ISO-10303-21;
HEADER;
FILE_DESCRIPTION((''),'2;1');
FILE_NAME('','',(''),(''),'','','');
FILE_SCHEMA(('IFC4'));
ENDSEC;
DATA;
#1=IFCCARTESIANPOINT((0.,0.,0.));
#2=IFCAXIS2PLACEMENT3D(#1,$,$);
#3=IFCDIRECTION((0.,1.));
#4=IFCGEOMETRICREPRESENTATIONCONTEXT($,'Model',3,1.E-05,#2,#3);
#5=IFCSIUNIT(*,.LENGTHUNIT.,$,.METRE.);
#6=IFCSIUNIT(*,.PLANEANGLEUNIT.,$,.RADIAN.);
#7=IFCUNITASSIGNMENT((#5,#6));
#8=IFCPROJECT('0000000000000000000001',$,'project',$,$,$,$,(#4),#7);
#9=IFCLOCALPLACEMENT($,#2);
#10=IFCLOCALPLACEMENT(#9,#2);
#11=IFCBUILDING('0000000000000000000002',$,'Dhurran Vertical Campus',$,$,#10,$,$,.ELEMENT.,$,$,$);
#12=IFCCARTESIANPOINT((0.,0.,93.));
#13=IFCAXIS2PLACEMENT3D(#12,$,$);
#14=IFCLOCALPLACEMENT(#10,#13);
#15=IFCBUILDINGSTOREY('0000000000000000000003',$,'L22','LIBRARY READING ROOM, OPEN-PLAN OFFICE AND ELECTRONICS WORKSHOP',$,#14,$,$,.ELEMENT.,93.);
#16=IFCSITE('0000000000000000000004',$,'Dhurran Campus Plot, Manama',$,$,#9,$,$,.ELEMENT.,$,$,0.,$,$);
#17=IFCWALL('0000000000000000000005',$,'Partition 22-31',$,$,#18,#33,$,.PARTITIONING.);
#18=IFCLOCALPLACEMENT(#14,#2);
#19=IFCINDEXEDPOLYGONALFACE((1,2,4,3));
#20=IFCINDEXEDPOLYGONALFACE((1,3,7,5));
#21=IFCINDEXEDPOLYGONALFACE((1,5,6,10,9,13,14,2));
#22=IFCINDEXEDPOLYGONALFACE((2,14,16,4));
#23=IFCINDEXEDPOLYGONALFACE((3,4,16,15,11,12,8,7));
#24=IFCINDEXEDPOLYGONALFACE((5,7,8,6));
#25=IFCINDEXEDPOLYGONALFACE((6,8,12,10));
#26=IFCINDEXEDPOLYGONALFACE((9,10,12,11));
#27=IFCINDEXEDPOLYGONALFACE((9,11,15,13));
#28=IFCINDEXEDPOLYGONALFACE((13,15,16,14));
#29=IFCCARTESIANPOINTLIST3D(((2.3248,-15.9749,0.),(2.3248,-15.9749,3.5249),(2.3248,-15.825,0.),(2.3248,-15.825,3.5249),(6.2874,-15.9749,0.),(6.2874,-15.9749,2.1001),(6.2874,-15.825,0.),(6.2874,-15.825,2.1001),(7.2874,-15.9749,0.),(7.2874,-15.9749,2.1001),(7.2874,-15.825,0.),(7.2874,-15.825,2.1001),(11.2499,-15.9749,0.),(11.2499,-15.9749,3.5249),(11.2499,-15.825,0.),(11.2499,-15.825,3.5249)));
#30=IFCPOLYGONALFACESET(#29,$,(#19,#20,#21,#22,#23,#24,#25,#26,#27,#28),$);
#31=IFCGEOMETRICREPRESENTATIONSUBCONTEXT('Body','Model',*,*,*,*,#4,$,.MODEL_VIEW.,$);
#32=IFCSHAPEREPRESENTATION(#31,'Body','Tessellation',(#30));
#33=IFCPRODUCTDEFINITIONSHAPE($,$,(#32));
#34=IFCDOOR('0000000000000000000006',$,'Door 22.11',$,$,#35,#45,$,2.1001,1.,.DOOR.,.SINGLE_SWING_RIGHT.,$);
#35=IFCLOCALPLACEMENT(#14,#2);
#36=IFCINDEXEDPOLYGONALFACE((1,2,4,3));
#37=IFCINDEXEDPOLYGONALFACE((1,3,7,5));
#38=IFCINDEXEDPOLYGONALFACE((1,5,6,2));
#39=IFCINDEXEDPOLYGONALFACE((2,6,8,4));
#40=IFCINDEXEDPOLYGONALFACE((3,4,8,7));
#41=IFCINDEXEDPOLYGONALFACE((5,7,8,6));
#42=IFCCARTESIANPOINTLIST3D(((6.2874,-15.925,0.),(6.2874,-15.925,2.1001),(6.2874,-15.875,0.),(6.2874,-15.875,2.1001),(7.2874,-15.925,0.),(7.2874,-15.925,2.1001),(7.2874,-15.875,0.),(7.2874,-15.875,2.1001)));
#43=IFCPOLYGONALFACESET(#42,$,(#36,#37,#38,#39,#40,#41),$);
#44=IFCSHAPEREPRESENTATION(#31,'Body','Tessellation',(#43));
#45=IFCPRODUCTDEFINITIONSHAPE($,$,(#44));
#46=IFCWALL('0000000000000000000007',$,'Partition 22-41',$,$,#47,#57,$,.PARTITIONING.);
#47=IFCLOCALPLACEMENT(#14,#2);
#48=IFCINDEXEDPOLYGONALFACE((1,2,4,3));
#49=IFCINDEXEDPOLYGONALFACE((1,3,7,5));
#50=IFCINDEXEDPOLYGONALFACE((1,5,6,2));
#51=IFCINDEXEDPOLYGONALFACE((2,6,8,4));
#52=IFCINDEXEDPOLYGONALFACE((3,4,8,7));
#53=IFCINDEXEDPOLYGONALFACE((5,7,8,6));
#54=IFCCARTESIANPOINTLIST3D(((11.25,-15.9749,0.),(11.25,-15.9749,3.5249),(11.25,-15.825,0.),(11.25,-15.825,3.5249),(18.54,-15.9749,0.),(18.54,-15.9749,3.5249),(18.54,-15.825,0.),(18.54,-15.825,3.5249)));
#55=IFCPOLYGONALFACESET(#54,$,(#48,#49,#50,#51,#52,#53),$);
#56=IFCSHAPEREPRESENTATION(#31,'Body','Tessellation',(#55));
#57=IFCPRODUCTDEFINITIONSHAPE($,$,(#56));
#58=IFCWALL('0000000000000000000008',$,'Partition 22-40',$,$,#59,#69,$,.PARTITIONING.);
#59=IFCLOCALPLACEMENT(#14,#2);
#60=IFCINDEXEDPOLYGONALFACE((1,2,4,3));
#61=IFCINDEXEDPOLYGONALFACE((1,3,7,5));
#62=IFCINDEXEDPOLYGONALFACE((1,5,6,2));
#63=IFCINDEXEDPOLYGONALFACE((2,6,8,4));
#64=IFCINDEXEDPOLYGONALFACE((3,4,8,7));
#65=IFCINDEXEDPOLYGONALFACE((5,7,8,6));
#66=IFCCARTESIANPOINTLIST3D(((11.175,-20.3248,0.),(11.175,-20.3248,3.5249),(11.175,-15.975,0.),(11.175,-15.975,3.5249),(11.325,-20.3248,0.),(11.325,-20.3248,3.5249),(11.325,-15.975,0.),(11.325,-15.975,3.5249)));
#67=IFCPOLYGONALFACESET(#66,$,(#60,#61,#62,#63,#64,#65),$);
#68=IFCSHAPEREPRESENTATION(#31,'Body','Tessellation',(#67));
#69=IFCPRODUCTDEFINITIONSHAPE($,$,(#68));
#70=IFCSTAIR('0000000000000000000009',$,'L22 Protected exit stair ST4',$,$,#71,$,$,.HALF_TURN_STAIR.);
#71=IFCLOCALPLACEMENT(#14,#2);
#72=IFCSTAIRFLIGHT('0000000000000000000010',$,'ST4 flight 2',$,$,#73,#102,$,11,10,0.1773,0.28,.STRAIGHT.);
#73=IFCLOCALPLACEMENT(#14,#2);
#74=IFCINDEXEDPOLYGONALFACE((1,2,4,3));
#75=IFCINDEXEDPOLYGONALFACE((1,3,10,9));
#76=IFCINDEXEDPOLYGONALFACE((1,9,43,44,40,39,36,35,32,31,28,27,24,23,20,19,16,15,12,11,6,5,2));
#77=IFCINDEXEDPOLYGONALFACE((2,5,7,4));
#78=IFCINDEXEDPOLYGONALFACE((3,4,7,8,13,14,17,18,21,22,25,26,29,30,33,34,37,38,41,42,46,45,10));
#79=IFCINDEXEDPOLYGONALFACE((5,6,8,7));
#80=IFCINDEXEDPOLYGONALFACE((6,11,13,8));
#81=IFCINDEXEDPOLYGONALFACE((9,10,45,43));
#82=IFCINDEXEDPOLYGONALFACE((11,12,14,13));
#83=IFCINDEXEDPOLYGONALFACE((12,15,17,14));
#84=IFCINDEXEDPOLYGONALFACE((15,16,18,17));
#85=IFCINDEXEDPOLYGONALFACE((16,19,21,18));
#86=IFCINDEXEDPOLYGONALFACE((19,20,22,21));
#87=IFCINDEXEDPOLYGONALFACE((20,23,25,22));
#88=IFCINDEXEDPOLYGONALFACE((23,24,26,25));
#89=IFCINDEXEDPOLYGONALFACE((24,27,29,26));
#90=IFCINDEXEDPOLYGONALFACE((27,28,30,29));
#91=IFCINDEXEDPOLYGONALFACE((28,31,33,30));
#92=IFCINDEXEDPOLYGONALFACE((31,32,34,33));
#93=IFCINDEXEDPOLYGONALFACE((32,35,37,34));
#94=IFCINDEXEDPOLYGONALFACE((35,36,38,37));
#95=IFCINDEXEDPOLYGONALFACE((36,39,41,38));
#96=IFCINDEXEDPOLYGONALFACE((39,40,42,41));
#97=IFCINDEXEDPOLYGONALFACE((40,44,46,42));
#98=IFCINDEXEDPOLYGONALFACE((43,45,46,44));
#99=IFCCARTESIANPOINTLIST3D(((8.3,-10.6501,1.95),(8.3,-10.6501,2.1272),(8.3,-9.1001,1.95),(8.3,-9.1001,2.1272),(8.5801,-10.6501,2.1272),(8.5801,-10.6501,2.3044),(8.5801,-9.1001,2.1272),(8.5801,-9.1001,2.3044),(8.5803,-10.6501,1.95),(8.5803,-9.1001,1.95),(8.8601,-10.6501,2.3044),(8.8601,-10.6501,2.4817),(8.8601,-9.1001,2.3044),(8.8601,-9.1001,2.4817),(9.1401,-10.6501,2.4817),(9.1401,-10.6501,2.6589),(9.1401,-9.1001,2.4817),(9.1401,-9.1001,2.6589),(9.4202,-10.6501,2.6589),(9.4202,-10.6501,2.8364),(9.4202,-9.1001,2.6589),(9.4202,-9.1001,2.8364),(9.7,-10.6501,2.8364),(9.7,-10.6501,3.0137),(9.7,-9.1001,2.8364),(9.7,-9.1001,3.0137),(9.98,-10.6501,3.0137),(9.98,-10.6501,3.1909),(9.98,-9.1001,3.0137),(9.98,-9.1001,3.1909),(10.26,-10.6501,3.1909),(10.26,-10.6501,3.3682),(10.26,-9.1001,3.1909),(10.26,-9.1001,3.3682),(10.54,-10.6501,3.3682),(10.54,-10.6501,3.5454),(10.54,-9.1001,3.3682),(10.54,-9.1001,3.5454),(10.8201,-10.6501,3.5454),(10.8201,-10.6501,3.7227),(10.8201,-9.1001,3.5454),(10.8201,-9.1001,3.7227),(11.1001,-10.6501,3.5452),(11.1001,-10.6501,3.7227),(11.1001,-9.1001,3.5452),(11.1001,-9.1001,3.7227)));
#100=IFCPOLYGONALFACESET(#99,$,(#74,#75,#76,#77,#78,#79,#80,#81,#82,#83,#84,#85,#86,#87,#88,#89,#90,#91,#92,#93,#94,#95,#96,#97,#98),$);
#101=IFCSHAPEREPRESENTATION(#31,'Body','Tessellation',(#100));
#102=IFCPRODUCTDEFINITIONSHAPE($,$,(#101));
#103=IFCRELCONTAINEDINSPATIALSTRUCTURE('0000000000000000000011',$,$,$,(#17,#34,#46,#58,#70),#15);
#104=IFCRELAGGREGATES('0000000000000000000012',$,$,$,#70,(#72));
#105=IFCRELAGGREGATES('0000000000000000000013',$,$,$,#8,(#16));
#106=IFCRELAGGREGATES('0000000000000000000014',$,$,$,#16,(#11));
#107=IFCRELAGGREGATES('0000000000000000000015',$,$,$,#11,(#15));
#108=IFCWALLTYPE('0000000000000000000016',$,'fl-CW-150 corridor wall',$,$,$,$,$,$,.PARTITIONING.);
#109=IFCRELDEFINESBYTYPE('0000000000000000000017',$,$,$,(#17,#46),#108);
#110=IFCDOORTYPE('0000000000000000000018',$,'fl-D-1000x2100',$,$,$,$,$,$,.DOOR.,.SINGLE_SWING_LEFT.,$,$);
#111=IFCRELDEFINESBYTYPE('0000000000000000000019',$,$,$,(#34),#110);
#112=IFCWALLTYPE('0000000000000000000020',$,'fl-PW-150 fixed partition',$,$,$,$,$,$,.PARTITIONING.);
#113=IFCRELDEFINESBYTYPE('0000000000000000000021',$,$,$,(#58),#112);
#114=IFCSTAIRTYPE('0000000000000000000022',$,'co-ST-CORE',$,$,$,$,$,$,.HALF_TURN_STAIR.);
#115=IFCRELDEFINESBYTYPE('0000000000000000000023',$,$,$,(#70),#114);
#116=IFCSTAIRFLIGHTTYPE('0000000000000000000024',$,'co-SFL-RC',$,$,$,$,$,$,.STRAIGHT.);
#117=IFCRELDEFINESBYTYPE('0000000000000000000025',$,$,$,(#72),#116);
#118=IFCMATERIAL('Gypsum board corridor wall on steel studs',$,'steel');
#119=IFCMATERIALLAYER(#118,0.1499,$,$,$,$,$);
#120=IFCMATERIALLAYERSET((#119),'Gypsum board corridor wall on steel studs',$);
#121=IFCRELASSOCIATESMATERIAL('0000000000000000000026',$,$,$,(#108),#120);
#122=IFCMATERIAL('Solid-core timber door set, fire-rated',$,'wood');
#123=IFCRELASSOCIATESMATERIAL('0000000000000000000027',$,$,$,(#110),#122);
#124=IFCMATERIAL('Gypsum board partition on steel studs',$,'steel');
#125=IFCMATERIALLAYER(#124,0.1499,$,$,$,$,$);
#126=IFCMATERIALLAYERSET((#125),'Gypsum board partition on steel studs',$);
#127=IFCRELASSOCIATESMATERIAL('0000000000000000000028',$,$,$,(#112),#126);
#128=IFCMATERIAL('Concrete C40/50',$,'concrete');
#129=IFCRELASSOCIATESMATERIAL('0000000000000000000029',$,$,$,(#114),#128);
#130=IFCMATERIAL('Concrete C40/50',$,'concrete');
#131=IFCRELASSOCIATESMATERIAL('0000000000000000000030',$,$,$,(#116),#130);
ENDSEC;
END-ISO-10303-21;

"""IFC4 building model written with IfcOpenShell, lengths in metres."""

from ifc_helpers import new_model, si_unit, direction, frame, frame_2d, origin, place, context, subcontext, project, spatial, polyline, rectangle, outline, extrude, material, layer, layer_set, type_object, element, fill, aggregate, save


model = new_model("IFC4")

# Units and contexts
model_context = context("Model", 3, precision=1e-05, world=origin(), true_north=direction((0.0, 1.0)))
body_context = subcontext(model_context, "Body", "Model", "MODEL_VIEW")
ifc_project = project(units=[si_unit("LENGTHUNIT", "METRE"), si_unit("PLANEANGLEUNIT", "RADIAN")], contexts=[model_context])

# Site, building, storey
site_placement = place(None, origin())
site = spatial("IfcSite", under=ifc_project, at=site_placement, Name="Dhurran Campus Plot, Manama", CompositionType="ELEMENT", RefElevation=0.0)
building_placement = place(site_placement, origin())
building = spatial("IfcBuilding", under=site, at=building_placement, Name="Dhurran Vertical Campus", CompositionType="ELEMENT")
storey_placement = place(building_placement, frame((0.0, 0.0, 93.0)))
storey = spatial("IfcBuildingStorey", under=building, at=storey_placement, Name="L22", Description="LIBRARY READING ROOM, OPEN-PLAN OFFICE AND ELECTRONICS WORKSHOP", CompositionType="ELEMENT", Elevation=93.0)

# Shared definitions
ifc_material_1 = material(Name="Gypsum board corridor wall on steel studs", Category="steel")
ifc_layer_1 = layer(ifc_material_1, 0.1499)
ifc_layer_set_1 = layer_set([ifc_layer_1], Name="Gypsum board corridor wall on steel studs")
wall_type_1 = type_object("IfcWallType", Name="fl-CW-150 corridor wall", PredefinedType="PARTITIONING", material=ifc_layer_set_1)
ifc_material_2 = material(Name="Solid-core timber door set, fire-rated", Category="wood")
door_type_1 = type_object("IfcDoorType", Name="fl-D-1000x2100", OperationType="SINGLE_SWING_LEFT", PredefinedType="DOOR", material=ifc_material_2)

# Wall, opening, door
wall_1_placement = place(storey_placement, frame((2.325, -15.8999, 0.0), z_axis=(0.0, 0.0, 1.0), x_axis=(1.0, 0.0, 0.0)))
wall_1 = element("IfcWall", 1, at=wall_1_placement, inside=storey, type_object=wall_type_1, Name="Partition 22-31", PredefinedType="PARTITIONING", context=body_context, shape_type="SweptSolid", body=[
    extrude(rectangle(XDim=8.925, YDim=0.1499, at=frame_2d((4.4624, 0.0))), origin(), (0.0, 0.0, 1.0), 3.5249),
])
opening_1_placement = place(wall_1_placement, frame((3.9624, 0.0, 0.0)))
opening_1 = element("IfcOpeningElement", 2, at=opening_1_placement, cuts=wall_1, PredefinedType="OPENING", context=body_context, shape_type="SweptSolid", body=[
    extrude(rectangle(XDim=1.0, YDim=2.1001, at=frame_2d((0.5, 1.05))), frame((0.0, 0.085, 0.0), z_axis=(0.0, -1.0, 0.0), x_axis=(1.0, 0.0, 0.0)), (0.0, 0.0, 1.0), 0.1699),
])
door_1_placement = place(opening_1_placement, origin())
door_1 = element("IfcDoor", 3, at=door_1_placement, inside=storey, type_object=door_type_1, Name="Door 22.11", OperationType="SINGLE_SWING_RIGHT", OverallHeight=2.1001, OverallWidth=1.0, PredefinedType="DOOR", context=body_context, shape_type="SweptSolid", body=[
    extrude(rectangle(XDim=1.0, YDim=2.1001, at=frame_2d((0.5, 1.05))), frame((0.0, 0.0249, 0.0), z_axis=(0.0, -1.0, 0.0), x_axis=(1.0, 0.0, 0.0)), (0.0, 0.0, 1.0), 0.05),
])
fill(opening_1, door_1)

# Walls
wall_2_placement = place(storey_placement, frame((11.25, -15.8999, 0.0), z_axis=(0.0, 0.0, 1.0), x_axis=(1.0, 0.0, 0.0)))
element("IfcWall", 4, at=wall_2_placement, inside=storey, type_object=wall_type_1, Name="Partition 22-41", PredefinedType="PARTITIONING", context=body_context, shape_type="SweptSolid", body=[
    extrude(rectangle(XDim=7.29, YDim=0.1499, at=frame_2d((3.645, 0.0))), origin(), (0.0, 0.0, 1.0), 3.5249),
])
ifc_material_3 = material(Name="Gypsum board partition on steel studs", Category="steel")
ifc_layer_2 = layer(ifc_material_3, 0.1499)
ifc_layer_set_2 = layer_set([ifc_layer_2], Name="Gypsum board partition on steel studs")
wall_type_2 = type_object("IfcWallType", Name="fl-PW-150 fixed partition", PredefinedType="PARTITIONING", material=ifc_layer_set_2)
wall_3_placement = place(storey_placement, frame((11.25, -15.9751, 0.0), z_axis=(0.0, 0.0, 1.0), x_axis=(0.0, -1.0, 0.0)))
element("IfcWall", 5, at=wall_3_placement, inside=storey, type_object=wall_type_2, Name="Partition 22-40", PredefinedType="PARTITIONING", context=body_context, shape_type="SweptSolid", body=[
    extrude(rectangle(XDim=4.3499, YDim=0.1499, at=frame_2d((2.1748, 0.0))), origin(), (0.0, 0.0, 1.0), 3.5249),
])

# Stair, stair flight
ifc_material_4 = material(Name="Concrete C40/50", Category="concrete")
stair_type = type_object("IfcStairType", Name="co-ST-CORE", PredefinedType="HALF_TURN_STAIR", material=ifc_material_4)
stair_placement = place(storey_placement, origin())
stair = element("IfcStair", 6, at=stair_placement, inside=storey, type_object=stair_type, Name="L22 Protected exit stair ST4", PredefinedType="HALF_TURN_STAIR")
ifc_material_5 = material(Name="Concrete C40/50", Category="concrete")
stair_flight_type = type_object("IfcStairFlightType", Name="co-SFL-RC", PredefinedType="STRAIGHT", material=ifc_material_5)
stair_flight_placement = place(storey_placement, frame((8.3, -9.875, 1.95), z_axis=(0.0, 0.0, 1.0), x_axis=(1.0, 0.0, 0.0)))
stair_flight = element("IfcStairFlight", 7, at=stair_flight_placement, type_object=stair_flight_type, Name="ST4 flight 2", NumberOfRisers=11, NumberOfTreads=10, PredefinedType="STRAIGHT", RiserHeight=0.1773, TreadLength=0.28, context=body_context, shape_type="SweptSolid", body=[
    extrude(outline(polyline([(0.0, 0.0), (0.0, 0.1772), (0.28, 0.1772), (0.28, 0.3545), (0.5601, 0.3545), (0.5601, 0.5317), (0.8401, 0.5317), (0.8401, 0.709), (1.1201, 0.709), (1.1201, 0.8865), (1.3999, 0.8865), (1.3999, 1.0637), (1.6799, 1.0637), (1.6799, 1.241), (1.96, 1.241), (1.96, 1.4182), (2.24, 1.4182), (2.24, 1.5955), (2.52, 1.5955), (2.52, 1.7727), (2.8, 1.7727), (2.8, 1.95), (2.8, 1.5952), (0.2803, 0.0), (0.0, 0.0)])), frame((0.0, 0.7749, 0.0), z_axis=(0.0, -1.0, 0.0), x_axis=(1.0, 0.0, 0.0)), (0.0, 0.0, 1.0), 1.55),
])
aggregate(stair, [stair_flight])

save(model, "model.ifc")
